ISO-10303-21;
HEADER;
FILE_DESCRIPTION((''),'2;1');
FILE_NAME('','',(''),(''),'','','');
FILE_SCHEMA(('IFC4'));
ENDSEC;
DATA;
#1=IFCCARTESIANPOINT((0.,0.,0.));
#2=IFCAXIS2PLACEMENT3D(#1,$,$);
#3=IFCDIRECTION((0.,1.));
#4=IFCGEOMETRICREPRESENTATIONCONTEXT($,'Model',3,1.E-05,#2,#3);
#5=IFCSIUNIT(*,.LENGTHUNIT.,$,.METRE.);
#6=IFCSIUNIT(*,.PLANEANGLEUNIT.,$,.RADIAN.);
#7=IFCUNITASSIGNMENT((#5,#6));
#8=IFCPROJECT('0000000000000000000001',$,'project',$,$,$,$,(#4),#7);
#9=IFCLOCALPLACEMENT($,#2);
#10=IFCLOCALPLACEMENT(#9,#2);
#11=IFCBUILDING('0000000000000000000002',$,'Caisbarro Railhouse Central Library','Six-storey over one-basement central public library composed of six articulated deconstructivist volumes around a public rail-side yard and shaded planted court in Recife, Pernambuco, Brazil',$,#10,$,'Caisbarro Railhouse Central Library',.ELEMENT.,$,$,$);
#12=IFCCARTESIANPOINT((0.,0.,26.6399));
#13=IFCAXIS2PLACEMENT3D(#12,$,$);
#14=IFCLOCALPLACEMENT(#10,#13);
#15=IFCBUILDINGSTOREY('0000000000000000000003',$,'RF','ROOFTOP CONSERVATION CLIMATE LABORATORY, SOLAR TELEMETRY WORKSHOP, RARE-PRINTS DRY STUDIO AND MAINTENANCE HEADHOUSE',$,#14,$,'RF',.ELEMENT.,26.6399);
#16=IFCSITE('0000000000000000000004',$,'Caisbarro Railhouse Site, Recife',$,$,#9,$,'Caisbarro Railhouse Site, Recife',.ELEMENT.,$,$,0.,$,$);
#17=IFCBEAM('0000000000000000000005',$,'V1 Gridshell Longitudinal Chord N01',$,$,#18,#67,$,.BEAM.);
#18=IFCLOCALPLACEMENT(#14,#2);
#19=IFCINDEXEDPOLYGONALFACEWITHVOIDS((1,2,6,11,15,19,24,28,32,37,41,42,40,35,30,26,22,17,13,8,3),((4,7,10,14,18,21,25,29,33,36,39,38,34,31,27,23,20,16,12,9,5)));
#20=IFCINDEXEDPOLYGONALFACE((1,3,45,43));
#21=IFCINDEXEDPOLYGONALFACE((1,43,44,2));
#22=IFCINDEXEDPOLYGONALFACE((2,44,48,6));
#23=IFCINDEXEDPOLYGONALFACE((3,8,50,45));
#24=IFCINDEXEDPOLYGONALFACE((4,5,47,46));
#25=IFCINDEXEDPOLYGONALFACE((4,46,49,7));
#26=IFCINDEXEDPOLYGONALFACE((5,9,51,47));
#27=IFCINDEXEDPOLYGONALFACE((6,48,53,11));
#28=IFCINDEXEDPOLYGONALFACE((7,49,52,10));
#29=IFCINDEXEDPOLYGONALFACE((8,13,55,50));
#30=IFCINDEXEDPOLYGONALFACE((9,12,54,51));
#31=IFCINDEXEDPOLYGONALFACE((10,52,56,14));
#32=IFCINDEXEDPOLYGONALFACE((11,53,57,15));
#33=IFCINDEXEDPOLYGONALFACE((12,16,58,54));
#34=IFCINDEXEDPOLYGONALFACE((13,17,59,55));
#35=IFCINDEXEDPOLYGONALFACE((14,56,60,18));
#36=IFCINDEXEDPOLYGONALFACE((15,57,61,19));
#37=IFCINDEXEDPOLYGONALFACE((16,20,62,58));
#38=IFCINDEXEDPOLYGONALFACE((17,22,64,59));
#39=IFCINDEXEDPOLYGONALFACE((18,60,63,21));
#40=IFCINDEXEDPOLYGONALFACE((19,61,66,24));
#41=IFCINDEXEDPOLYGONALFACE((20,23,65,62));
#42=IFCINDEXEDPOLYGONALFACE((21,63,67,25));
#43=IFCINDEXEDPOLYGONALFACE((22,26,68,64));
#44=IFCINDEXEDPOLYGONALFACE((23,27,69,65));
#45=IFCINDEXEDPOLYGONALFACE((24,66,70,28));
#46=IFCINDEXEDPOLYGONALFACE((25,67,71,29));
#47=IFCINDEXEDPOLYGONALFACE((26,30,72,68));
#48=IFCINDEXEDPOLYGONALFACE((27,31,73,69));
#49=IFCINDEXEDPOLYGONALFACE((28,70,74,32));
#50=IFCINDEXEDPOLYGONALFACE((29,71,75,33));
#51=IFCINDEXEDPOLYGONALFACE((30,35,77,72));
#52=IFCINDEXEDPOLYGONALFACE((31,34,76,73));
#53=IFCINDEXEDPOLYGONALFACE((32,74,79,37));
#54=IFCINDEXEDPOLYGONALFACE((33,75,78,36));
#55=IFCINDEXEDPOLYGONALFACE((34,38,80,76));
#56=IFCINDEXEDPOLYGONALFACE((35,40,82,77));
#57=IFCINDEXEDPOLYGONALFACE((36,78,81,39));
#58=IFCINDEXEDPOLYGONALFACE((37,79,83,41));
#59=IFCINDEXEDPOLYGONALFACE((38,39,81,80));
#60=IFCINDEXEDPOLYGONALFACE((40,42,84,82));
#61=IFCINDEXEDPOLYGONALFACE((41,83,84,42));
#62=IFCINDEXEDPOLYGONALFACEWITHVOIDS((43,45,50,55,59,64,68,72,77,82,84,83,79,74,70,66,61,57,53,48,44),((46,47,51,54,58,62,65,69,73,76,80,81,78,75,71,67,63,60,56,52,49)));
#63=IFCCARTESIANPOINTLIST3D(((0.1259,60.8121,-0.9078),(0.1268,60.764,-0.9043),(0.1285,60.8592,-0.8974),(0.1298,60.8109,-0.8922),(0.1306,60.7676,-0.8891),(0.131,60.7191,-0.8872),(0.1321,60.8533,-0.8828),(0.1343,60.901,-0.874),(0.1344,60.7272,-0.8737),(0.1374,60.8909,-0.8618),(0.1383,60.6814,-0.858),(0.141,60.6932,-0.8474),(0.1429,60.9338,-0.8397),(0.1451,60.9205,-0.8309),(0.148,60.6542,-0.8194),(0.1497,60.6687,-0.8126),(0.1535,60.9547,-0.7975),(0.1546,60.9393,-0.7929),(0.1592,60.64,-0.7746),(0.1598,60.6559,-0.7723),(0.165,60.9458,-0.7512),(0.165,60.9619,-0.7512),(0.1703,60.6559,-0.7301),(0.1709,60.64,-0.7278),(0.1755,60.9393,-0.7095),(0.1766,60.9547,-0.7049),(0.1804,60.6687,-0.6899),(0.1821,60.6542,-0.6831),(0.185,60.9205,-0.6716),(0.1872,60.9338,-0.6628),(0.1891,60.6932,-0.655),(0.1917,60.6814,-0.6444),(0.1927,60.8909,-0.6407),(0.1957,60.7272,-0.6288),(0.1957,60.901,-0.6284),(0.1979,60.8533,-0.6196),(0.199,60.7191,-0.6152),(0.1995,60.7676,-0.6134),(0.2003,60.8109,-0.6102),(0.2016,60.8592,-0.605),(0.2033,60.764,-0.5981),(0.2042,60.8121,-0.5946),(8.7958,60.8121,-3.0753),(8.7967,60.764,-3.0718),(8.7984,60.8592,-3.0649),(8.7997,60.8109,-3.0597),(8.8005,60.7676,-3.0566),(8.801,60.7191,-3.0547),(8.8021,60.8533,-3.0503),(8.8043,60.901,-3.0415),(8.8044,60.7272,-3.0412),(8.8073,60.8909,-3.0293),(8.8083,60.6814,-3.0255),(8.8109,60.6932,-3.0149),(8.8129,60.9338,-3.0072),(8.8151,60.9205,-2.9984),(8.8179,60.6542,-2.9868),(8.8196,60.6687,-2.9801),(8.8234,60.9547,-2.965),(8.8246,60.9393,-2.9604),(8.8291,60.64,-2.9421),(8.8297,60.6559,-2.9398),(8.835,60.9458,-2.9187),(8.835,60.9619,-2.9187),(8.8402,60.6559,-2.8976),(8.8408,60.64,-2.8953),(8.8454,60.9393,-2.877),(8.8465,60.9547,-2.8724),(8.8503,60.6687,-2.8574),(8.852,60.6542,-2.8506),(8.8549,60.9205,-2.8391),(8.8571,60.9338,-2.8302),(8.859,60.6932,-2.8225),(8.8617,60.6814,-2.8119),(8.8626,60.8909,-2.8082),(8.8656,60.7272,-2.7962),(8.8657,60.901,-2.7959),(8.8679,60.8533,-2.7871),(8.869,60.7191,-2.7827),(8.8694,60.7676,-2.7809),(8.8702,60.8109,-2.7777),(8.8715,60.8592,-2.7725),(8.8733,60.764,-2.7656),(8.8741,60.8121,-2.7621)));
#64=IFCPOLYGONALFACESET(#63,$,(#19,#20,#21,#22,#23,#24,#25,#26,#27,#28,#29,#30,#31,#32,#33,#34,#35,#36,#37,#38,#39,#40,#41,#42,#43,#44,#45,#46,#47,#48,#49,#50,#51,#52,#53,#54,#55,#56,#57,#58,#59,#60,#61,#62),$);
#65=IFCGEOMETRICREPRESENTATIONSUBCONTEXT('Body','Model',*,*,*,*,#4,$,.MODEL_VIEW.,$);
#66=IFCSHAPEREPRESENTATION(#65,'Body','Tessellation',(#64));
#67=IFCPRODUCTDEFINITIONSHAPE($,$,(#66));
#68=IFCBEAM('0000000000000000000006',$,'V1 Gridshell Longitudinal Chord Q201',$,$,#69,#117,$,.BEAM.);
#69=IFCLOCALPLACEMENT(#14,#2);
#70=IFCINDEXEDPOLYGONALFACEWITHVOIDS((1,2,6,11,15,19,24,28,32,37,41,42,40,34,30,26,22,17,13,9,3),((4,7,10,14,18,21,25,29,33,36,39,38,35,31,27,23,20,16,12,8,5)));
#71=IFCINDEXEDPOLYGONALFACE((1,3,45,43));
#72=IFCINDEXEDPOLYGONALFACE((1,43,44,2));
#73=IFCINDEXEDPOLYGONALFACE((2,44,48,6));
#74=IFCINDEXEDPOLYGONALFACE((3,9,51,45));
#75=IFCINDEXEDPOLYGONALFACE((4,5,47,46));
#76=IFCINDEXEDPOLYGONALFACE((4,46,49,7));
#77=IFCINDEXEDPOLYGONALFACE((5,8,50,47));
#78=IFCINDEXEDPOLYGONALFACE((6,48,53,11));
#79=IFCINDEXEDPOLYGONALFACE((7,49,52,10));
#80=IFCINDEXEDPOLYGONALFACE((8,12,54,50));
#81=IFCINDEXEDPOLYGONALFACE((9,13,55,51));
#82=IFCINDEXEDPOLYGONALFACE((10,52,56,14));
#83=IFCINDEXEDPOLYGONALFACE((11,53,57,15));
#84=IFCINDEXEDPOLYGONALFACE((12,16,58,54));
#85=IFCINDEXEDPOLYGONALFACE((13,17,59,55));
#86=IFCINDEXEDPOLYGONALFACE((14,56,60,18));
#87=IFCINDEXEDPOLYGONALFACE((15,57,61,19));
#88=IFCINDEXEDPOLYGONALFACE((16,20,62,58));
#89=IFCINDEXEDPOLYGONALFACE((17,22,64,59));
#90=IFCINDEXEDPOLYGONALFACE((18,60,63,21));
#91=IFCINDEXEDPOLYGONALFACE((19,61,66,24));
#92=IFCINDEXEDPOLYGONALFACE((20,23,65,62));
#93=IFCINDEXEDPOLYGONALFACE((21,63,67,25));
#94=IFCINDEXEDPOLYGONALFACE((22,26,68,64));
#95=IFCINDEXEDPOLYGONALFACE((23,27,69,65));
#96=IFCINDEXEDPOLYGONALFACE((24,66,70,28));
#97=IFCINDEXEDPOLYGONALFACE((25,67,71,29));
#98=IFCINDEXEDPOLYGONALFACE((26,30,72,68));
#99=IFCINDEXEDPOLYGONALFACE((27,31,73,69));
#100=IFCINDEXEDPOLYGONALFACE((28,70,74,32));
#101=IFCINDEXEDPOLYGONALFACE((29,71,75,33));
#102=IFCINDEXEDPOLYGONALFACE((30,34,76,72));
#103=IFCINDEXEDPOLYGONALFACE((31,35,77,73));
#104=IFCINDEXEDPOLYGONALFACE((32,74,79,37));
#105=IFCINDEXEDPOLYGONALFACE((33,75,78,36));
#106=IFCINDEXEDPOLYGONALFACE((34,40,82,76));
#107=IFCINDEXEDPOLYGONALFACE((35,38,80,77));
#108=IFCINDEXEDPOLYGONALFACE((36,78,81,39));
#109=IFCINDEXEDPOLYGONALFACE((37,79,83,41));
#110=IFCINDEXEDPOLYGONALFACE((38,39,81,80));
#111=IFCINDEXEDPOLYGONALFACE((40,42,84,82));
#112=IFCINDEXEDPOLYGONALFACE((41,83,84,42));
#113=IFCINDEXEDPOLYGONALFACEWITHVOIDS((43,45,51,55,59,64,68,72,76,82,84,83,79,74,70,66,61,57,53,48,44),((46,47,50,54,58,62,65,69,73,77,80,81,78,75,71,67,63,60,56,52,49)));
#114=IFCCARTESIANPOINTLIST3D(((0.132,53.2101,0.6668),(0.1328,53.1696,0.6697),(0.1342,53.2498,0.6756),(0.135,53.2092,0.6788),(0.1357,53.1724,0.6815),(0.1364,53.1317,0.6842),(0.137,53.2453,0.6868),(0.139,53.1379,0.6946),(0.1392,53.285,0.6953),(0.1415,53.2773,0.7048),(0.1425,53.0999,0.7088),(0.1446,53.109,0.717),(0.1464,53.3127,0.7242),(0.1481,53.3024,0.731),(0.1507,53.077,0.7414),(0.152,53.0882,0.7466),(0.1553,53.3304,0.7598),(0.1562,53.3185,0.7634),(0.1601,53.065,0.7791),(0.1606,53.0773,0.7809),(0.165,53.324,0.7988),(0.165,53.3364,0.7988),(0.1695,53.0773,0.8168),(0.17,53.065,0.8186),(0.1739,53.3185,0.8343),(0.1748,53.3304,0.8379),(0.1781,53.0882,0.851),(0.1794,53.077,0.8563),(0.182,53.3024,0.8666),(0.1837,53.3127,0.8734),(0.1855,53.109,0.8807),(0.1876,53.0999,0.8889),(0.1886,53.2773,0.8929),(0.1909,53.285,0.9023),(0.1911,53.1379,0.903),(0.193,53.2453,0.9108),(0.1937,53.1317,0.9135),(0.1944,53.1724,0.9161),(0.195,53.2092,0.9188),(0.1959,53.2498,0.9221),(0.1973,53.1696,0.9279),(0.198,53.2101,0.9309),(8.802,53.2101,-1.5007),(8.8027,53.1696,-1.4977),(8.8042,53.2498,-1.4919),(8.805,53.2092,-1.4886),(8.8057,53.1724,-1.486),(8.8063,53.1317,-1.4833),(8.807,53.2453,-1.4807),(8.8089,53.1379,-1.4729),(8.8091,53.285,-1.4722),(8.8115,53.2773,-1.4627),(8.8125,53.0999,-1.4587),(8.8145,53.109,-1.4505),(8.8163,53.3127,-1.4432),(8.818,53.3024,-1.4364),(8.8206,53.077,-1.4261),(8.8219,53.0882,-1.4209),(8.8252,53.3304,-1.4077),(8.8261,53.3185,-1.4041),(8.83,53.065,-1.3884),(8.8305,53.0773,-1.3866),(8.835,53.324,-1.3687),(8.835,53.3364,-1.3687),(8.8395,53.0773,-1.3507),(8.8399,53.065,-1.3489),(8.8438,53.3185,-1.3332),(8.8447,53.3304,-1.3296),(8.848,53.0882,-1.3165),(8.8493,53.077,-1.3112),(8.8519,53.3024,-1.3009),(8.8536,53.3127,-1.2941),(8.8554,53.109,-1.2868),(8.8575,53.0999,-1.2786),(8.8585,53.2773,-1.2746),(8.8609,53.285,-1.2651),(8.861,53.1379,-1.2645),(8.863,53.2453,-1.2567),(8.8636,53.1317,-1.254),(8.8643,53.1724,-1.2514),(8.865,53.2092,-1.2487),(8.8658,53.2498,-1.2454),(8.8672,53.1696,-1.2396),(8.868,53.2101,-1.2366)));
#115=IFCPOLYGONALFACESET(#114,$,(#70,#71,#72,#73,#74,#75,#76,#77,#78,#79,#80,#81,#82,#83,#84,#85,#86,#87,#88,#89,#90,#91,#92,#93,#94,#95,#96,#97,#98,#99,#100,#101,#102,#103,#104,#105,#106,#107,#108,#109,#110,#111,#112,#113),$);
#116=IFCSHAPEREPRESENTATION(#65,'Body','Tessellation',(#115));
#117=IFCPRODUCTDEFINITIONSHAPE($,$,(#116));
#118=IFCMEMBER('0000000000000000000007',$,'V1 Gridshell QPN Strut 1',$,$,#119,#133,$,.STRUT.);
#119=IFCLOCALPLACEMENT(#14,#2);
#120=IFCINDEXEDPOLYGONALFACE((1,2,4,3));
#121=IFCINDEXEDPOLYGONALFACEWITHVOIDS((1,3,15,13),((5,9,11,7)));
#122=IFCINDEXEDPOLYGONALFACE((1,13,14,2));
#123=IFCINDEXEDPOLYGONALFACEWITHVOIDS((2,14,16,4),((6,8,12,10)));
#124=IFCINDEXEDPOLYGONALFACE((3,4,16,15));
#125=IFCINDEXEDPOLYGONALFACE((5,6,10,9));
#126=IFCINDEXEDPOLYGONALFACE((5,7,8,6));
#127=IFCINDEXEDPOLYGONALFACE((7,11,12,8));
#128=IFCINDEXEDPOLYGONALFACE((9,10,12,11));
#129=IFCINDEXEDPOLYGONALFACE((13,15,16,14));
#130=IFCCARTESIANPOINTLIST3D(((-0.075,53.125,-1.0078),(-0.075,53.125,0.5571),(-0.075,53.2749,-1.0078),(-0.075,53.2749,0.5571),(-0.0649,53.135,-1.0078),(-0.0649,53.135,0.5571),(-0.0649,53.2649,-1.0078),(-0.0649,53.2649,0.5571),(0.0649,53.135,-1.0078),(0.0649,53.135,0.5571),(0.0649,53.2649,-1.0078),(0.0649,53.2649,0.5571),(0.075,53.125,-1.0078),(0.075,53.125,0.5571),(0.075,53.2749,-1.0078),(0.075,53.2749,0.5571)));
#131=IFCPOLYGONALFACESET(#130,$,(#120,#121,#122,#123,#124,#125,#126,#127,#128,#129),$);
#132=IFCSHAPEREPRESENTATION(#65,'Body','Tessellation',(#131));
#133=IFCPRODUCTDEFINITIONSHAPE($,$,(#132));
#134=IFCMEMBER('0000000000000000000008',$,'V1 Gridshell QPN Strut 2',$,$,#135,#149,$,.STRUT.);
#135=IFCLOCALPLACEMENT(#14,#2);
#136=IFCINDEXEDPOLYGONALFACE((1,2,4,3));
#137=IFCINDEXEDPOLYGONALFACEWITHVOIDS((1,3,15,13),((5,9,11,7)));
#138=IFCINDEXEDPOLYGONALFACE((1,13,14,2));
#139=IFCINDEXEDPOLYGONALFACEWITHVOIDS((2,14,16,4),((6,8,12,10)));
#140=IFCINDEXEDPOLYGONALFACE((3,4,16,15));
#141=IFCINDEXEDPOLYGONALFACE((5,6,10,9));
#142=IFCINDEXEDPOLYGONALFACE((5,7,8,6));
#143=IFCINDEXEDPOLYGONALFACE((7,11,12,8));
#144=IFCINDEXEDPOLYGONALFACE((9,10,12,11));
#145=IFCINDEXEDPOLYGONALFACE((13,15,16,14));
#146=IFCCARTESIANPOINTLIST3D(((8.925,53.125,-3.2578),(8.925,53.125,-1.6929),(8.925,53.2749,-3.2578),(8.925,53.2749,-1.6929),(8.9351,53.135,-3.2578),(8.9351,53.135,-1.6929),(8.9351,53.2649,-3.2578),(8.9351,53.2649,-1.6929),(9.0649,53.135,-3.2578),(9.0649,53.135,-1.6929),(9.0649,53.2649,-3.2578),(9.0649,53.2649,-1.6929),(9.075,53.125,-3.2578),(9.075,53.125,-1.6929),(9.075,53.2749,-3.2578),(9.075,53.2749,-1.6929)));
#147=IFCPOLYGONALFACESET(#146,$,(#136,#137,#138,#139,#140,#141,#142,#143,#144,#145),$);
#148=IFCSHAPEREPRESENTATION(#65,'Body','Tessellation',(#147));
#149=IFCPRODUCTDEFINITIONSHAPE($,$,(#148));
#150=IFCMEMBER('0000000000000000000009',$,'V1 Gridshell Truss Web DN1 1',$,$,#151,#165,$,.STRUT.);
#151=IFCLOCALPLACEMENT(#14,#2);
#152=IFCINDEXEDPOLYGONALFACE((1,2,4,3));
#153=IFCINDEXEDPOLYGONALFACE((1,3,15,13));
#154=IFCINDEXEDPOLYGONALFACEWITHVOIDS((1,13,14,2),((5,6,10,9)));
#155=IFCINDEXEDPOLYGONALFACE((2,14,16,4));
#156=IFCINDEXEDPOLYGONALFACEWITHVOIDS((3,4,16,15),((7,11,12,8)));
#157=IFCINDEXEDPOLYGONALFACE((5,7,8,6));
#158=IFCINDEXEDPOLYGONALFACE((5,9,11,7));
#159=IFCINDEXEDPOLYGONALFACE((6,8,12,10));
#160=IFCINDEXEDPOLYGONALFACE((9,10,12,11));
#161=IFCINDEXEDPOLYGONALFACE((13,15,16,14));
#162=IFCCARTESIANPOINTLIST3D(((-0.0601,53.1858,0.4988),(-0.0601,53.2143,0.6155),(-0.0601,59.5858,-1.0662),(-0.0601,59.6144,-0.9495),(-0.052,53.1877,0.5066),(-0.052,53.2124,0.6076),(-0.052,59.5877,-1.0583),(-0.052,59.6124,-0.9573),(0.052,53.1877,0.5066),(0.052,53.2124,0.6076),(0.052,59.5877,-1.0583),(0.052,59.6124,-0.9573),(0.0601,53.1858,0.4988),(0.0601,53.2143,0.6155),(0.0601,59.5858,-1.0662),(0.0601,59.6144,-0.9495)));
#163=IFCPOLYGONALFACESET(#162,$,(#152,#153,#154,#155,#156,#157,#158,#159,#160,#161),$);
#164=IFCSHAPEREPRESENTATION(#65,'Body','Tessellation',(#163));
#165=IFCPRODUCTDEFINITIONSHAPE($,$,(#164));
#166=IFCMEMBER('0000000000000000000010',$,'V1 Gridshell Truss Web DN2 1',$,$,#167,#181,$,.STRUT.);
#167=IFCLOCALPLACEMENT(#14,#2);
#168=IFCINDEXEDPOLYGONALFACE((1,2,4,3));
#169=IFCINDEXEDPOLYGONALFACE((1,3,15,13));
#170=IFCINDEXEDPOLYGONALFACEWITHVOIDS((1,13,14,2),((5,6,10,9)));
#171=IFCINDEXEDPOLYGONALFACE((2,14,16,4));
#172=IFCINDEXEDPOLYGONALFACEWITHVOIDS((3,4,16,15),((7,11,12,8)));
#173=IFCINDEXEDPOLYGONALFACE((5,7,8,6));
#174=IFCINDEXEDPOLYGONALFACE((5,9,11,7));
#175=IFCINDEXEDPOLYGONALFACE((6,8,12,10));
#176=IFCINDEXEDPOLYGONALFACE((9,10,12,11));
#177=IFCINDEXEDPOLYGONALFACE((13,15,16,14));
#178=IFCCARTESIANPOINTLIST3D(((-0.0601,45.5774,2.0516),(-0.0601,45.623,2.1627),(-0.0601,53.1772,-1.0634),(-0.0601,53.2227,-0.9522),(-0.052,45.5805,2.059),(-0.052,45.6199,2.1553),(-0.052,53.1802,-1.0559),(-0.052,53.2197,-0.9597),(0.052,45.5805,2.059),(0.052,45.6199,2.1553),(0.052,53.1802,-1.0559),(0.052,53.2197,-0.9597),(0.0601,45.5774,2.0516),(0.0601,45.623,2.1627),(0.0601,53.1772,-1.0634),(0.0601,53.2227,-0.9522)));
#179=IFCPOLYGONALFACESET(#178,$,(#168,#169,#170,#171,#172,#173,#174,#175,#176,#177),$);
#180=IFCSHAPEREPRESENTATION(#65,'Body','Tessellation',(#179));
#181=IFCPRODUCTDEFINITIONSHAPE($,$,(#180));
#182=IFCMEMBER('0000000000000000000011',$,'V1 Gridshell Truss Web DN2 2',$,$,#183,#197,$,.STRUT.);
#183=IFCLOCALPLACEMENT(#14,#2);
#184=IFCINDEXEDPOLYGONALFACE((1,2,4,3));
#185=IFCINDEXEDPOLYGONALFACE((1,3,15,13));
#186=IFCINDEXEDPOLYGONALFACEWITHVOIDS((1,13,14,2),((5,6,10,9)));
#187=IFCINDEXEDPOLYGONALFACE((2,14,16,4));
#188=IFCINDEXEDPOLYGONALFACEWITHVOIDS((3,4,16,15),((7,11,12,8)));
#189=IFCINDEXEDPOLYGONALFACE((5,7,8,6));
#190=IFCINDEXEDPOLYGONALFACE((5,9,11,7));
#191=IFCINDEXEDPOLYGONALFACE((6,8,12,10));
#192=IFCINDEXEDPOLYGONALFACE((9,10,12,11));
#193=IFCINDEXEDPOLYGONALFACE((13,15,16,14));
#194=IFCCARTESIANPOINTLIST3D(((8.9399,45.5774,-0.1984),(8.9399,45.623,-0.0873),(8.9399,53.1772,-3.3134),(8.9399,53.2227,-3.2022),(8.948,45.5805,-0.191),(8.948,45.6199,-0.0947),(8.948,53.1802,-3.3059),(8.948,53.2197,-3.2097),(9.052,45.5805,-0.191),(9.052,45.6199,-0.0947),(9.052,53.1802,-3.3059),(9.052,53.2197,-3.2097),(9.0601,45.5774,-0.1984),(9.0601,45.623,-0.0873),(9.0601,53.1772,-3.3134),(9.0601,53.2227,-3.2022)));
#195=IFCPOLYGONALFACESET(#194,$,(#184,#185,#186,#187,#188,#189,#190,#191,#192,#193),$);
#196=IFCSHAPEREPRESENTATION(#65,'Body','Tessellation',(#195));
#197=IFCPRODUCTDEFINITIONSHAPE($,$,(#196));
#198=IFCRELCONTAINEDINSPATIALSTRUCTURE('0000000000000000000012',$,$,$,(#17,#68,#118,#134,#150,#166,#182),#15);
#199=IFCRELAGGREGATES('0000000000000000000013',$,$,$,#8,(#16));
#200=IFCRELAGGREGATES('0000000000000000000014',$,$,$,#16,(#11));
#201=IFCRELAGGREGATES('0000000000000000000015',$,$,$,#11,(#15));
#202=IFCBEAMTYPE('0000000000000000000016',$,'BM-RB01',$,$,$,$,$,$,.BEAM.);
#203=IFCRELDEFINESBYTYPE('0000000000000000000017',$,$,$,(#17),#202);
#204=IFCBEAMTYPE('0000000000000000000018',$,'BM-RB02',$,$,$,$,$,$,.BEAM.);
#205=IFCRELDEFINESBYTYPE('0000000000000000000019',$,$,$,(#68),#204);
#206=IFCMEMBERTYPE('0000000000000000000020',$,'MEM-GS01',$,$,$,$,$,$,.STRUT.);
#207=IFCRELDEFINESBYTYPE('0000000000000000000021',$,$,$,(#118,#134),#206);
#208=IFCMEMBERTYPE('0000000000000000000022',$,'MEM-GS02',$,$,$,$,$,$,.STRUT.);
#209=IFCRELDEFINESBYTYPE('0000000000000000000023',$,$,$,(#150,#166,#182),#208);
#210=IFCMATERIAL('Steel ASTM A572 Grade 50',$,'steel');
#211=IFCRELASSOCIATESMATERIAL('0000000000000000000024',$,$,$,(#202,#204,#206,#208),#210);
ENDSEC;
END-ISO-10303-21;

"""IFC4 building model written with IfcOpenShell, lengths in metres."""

from ifc_helpers import new_model, si_unit, direction, frame, origin, origin_2d, place, context, subcontext, project, spatial, hollow_rectangle, hollow_circle, extrude, material, material_profile, profile_set, type_object, element, save


model = new_model("IFC4")

# Units and contexts
model_context = context("Model", 3, precision=1e-05, world=origin(), true_north=direction((0.0, 1.0)))
body_context = subcontext(model_context, "Body", "Model", "MODEL_VIEW")
ifc_project = project(units=[si_unit("LENGTHUNIT", "METRE"), si_unit("PLANEANGLEUNIT", "RADIAN")], contexts=[model_context])

# Site, building, storey
site_placement = place(None, origin())
site = spatial("IfcSite", under=ifc_project, at=site_placement, Name="Caisbarro Railhouse Site, Recife", LongName="Caisbarro Railhouse Site, Recife", CompositionType="ELEMENT", RefElevation=0.0)
building_placement = place(site_placement, origin())
building = spatial("IfcBuilding", under=site, at=building_placement, Name="Caisbarro Railhouse Central Library", Description="Six-storey over one-basement central public library composed of six articulated deconstructivist volumes around a public rail-side yard and shaded planted court in Recife, Pernambuco, Brazil", LongName="Caisbarro Railhouse Central Library", CompositionType="ELEMENT")
storey_placement = place(building_placement, frame((0.0, 0.0, 26.6399)))
storey = spatial("IfcBuildingStorey", under=building, at=storey_placement, Name="RF", Description="ROOFTOP CONSERVATION CLIMATE LABORATORY, SOLAR TELEMETRY WORKSHOP, RARE-PRINTS DRY STUDIO AND MAINTENANCE HEADHOUSE", LongName="RF", CompositionType="ELEMENT", Elevation=26.6399)

# Beams
ifc_material = material(Name="Steel ASTM A572 Grade 50", Category="steel")
ifc_material_profile_1 = material_profile(ifc_material, hollow_circle(Radius=0.1619, WallThickness=0.0161, at=origin_2d()), Name="CHS323.9X16.0")
ifc_profile_set_1 = profile_set([ifc_material_profile_1], Name="Steel ASTM A572 Grade 50")
beam_type_1 = type_object("IfcBeamType", Name="BM-RB01", PredefinedType="BEAM", material=ifc_profile_set_1)
beam_1_placement = place(storey_placement, frame((0.165, 60.8, -0.7512), z_axis=(0.970143, 0.0, -0.242536), x_axis=(0.0, 1.0, 0.0)))
element("IfcBeam", 1, at=beam_1_placement, inside=storey, type_object=beam_type_1, Name="V1 Gridshell Longitudinal Chord N01", PredefinedType="BEAM", context=body_context, shape_type="SweptSolid", body=[
    extrude(hollow_circle(Radius=0.1619, WallThickness=0.0161, at=origin_2d()), origin(), (0.0, 0.0, 1.0), 8.9368),
])
ifc_material_profile_2 = material_profile(ifc_material, hollow_circle(Radius=0.1365, WallThickness=0.0125, at=origin_2d()), Name="CHS273.0X12.5")
ifc_profile_set_2 = profile_set([ifc_material_profile_2], Name="Steel ASTM A572 Grade 50")
beam_type_2 = type_object("IfcBeamType", Name="BM-RB02", PredefinedType="BEAM", material=ifc_profile_set_2)
beam_2_placement = place(storey_placement, frame((0.165, 53.2, 0.7988), z_axis=(0.970143, 0.0, -0.242536), x_axis=(0.0, 1.0, 0.0)))
element("IfcBeam", 2, at=beam_2_placement, inside=storey, type_object=beam_type_2, Name="V1 Gridshell Longitudinal Chord Q201", PredefinedType="BEAM", context=body_context, shape_type="SweptSolid", body=[
    extrude(hollow_circle(Radius=0.1365, WallThickness=0.0125, at=origin_2d()), origin(), (0.0, 0.0, 1.0), 8.9368),
])

# Members
ifc_material_profile_3 = material_profile(ifc_material, hollow_rectangle(XDim=0.1499, YDim=0.1499, WallThickness=0.01, at=origin_2d()), Name="HSS150X150X10")
ifc_profile_set_3 = profile_set([ifc_material_profile_3], Name="Steel ASTM A572 Grade 50")
member_type_1 = type_object("IfcMemberType", Name="MEM-GS01", PredefinedType="STRUT", material=ifc_profile_set_3)
for number, where, z_axis, x_axis, name in (
    (3, (0.0, 53.2, -1.0078), (0.0, 0.0, 1.0), (1.0, 0.0, 0.0), "V1 Gridshell QPN Strut 1"),
    (4, (9.0, 53.2, -3.2578), (0.0, 0.0, 1.0), (1.0, 0.0, 0.0), "V1 Gridshell QPN Strut 2"),
):
    element("IfcMember", number, at=place(storey_placement, frame(where, z_axis=z_axis, x_axis=x_axis)), inside=storey, type_object=member_type_1, Name=name, PredefinedType="STRUT", context=body_context, shape_type="SweptSolid", body=[
        extrude(hollow_rectangle(XDim=0.1499, YDim=0.1499, WallThickness=0.01, at=origin_2d()), origin(), (0.0, 0.0, 1.0), 1.5649),
    ])
ifc_material_profile_4 = material_profile(ifc_material, hollow_rectangle(XDim=0.1201, YDim=0.1201, WallThickness=0.0081, at=origin_2d()), Name="HSS120X120X8")
ifc_profile_set_4 = profile_set([ifc_material_profile_4], Name="Steel ASTM A572 Grade 50")
member_type_2 = type_object("IfcMemberType", Name="MEM-GS02", PredefinedType="STRUT", material=ifc_profile_set_4)
member_1_placement = place(storey_placement, frame((0.0, 59.6001, -1.0078), z_axis=(0.0, -0.971383, 0.237519), x_axis=(1.0, 0.0, 0.0)))
element("IfcMember", 5, at=member_1_placement, inside=storey, type_object=member_type_2, Name="V1 Gridshell Truss Web DN1 1", PredefinedType="STRUT", context=body_context, shape_type="SweptSolid", body=[
    extrude(hollow_rectangle(XDim=0.1201, YDim=0.1201, WallThickness=0.0081, at=origin_2d()), origin(), (0.0, 0.0, 1.0), 6.5886),
])
for number, where, z_axis, x_axis, name in (
    (6, (0.0, 53.2, -1.0078), (0.0, -0.925292, 0.379254), (1.0, 0.0, 0.0), "V1 Gridshell Truss Web DN2 1"),
    (7, (9.0, 53.2, -3.2578), (0.0, -0.925292, 0.379254), (1.0, 0.0, 0.0), "V1 Gridshell Truss Web DN2 2"),
):
    element("IfcMember", number, at=place(storey_placement, frame(where, z_axis=z_axis, x_axis=x_axis)), inside=storey, type_object=member_type_2, Name=name, PredefinedType="STRUT", context=body_context, shape_type="SweptSolid", body=[
        extrude(hollow_rectangle(XDim=0.1201, YDim=0.1201, WallThickness=0.0081, at=origin_2d()), origin(), (0.0, 0.0, 1.0), 8.2134),
    ])

save(model, "model.ifc")
